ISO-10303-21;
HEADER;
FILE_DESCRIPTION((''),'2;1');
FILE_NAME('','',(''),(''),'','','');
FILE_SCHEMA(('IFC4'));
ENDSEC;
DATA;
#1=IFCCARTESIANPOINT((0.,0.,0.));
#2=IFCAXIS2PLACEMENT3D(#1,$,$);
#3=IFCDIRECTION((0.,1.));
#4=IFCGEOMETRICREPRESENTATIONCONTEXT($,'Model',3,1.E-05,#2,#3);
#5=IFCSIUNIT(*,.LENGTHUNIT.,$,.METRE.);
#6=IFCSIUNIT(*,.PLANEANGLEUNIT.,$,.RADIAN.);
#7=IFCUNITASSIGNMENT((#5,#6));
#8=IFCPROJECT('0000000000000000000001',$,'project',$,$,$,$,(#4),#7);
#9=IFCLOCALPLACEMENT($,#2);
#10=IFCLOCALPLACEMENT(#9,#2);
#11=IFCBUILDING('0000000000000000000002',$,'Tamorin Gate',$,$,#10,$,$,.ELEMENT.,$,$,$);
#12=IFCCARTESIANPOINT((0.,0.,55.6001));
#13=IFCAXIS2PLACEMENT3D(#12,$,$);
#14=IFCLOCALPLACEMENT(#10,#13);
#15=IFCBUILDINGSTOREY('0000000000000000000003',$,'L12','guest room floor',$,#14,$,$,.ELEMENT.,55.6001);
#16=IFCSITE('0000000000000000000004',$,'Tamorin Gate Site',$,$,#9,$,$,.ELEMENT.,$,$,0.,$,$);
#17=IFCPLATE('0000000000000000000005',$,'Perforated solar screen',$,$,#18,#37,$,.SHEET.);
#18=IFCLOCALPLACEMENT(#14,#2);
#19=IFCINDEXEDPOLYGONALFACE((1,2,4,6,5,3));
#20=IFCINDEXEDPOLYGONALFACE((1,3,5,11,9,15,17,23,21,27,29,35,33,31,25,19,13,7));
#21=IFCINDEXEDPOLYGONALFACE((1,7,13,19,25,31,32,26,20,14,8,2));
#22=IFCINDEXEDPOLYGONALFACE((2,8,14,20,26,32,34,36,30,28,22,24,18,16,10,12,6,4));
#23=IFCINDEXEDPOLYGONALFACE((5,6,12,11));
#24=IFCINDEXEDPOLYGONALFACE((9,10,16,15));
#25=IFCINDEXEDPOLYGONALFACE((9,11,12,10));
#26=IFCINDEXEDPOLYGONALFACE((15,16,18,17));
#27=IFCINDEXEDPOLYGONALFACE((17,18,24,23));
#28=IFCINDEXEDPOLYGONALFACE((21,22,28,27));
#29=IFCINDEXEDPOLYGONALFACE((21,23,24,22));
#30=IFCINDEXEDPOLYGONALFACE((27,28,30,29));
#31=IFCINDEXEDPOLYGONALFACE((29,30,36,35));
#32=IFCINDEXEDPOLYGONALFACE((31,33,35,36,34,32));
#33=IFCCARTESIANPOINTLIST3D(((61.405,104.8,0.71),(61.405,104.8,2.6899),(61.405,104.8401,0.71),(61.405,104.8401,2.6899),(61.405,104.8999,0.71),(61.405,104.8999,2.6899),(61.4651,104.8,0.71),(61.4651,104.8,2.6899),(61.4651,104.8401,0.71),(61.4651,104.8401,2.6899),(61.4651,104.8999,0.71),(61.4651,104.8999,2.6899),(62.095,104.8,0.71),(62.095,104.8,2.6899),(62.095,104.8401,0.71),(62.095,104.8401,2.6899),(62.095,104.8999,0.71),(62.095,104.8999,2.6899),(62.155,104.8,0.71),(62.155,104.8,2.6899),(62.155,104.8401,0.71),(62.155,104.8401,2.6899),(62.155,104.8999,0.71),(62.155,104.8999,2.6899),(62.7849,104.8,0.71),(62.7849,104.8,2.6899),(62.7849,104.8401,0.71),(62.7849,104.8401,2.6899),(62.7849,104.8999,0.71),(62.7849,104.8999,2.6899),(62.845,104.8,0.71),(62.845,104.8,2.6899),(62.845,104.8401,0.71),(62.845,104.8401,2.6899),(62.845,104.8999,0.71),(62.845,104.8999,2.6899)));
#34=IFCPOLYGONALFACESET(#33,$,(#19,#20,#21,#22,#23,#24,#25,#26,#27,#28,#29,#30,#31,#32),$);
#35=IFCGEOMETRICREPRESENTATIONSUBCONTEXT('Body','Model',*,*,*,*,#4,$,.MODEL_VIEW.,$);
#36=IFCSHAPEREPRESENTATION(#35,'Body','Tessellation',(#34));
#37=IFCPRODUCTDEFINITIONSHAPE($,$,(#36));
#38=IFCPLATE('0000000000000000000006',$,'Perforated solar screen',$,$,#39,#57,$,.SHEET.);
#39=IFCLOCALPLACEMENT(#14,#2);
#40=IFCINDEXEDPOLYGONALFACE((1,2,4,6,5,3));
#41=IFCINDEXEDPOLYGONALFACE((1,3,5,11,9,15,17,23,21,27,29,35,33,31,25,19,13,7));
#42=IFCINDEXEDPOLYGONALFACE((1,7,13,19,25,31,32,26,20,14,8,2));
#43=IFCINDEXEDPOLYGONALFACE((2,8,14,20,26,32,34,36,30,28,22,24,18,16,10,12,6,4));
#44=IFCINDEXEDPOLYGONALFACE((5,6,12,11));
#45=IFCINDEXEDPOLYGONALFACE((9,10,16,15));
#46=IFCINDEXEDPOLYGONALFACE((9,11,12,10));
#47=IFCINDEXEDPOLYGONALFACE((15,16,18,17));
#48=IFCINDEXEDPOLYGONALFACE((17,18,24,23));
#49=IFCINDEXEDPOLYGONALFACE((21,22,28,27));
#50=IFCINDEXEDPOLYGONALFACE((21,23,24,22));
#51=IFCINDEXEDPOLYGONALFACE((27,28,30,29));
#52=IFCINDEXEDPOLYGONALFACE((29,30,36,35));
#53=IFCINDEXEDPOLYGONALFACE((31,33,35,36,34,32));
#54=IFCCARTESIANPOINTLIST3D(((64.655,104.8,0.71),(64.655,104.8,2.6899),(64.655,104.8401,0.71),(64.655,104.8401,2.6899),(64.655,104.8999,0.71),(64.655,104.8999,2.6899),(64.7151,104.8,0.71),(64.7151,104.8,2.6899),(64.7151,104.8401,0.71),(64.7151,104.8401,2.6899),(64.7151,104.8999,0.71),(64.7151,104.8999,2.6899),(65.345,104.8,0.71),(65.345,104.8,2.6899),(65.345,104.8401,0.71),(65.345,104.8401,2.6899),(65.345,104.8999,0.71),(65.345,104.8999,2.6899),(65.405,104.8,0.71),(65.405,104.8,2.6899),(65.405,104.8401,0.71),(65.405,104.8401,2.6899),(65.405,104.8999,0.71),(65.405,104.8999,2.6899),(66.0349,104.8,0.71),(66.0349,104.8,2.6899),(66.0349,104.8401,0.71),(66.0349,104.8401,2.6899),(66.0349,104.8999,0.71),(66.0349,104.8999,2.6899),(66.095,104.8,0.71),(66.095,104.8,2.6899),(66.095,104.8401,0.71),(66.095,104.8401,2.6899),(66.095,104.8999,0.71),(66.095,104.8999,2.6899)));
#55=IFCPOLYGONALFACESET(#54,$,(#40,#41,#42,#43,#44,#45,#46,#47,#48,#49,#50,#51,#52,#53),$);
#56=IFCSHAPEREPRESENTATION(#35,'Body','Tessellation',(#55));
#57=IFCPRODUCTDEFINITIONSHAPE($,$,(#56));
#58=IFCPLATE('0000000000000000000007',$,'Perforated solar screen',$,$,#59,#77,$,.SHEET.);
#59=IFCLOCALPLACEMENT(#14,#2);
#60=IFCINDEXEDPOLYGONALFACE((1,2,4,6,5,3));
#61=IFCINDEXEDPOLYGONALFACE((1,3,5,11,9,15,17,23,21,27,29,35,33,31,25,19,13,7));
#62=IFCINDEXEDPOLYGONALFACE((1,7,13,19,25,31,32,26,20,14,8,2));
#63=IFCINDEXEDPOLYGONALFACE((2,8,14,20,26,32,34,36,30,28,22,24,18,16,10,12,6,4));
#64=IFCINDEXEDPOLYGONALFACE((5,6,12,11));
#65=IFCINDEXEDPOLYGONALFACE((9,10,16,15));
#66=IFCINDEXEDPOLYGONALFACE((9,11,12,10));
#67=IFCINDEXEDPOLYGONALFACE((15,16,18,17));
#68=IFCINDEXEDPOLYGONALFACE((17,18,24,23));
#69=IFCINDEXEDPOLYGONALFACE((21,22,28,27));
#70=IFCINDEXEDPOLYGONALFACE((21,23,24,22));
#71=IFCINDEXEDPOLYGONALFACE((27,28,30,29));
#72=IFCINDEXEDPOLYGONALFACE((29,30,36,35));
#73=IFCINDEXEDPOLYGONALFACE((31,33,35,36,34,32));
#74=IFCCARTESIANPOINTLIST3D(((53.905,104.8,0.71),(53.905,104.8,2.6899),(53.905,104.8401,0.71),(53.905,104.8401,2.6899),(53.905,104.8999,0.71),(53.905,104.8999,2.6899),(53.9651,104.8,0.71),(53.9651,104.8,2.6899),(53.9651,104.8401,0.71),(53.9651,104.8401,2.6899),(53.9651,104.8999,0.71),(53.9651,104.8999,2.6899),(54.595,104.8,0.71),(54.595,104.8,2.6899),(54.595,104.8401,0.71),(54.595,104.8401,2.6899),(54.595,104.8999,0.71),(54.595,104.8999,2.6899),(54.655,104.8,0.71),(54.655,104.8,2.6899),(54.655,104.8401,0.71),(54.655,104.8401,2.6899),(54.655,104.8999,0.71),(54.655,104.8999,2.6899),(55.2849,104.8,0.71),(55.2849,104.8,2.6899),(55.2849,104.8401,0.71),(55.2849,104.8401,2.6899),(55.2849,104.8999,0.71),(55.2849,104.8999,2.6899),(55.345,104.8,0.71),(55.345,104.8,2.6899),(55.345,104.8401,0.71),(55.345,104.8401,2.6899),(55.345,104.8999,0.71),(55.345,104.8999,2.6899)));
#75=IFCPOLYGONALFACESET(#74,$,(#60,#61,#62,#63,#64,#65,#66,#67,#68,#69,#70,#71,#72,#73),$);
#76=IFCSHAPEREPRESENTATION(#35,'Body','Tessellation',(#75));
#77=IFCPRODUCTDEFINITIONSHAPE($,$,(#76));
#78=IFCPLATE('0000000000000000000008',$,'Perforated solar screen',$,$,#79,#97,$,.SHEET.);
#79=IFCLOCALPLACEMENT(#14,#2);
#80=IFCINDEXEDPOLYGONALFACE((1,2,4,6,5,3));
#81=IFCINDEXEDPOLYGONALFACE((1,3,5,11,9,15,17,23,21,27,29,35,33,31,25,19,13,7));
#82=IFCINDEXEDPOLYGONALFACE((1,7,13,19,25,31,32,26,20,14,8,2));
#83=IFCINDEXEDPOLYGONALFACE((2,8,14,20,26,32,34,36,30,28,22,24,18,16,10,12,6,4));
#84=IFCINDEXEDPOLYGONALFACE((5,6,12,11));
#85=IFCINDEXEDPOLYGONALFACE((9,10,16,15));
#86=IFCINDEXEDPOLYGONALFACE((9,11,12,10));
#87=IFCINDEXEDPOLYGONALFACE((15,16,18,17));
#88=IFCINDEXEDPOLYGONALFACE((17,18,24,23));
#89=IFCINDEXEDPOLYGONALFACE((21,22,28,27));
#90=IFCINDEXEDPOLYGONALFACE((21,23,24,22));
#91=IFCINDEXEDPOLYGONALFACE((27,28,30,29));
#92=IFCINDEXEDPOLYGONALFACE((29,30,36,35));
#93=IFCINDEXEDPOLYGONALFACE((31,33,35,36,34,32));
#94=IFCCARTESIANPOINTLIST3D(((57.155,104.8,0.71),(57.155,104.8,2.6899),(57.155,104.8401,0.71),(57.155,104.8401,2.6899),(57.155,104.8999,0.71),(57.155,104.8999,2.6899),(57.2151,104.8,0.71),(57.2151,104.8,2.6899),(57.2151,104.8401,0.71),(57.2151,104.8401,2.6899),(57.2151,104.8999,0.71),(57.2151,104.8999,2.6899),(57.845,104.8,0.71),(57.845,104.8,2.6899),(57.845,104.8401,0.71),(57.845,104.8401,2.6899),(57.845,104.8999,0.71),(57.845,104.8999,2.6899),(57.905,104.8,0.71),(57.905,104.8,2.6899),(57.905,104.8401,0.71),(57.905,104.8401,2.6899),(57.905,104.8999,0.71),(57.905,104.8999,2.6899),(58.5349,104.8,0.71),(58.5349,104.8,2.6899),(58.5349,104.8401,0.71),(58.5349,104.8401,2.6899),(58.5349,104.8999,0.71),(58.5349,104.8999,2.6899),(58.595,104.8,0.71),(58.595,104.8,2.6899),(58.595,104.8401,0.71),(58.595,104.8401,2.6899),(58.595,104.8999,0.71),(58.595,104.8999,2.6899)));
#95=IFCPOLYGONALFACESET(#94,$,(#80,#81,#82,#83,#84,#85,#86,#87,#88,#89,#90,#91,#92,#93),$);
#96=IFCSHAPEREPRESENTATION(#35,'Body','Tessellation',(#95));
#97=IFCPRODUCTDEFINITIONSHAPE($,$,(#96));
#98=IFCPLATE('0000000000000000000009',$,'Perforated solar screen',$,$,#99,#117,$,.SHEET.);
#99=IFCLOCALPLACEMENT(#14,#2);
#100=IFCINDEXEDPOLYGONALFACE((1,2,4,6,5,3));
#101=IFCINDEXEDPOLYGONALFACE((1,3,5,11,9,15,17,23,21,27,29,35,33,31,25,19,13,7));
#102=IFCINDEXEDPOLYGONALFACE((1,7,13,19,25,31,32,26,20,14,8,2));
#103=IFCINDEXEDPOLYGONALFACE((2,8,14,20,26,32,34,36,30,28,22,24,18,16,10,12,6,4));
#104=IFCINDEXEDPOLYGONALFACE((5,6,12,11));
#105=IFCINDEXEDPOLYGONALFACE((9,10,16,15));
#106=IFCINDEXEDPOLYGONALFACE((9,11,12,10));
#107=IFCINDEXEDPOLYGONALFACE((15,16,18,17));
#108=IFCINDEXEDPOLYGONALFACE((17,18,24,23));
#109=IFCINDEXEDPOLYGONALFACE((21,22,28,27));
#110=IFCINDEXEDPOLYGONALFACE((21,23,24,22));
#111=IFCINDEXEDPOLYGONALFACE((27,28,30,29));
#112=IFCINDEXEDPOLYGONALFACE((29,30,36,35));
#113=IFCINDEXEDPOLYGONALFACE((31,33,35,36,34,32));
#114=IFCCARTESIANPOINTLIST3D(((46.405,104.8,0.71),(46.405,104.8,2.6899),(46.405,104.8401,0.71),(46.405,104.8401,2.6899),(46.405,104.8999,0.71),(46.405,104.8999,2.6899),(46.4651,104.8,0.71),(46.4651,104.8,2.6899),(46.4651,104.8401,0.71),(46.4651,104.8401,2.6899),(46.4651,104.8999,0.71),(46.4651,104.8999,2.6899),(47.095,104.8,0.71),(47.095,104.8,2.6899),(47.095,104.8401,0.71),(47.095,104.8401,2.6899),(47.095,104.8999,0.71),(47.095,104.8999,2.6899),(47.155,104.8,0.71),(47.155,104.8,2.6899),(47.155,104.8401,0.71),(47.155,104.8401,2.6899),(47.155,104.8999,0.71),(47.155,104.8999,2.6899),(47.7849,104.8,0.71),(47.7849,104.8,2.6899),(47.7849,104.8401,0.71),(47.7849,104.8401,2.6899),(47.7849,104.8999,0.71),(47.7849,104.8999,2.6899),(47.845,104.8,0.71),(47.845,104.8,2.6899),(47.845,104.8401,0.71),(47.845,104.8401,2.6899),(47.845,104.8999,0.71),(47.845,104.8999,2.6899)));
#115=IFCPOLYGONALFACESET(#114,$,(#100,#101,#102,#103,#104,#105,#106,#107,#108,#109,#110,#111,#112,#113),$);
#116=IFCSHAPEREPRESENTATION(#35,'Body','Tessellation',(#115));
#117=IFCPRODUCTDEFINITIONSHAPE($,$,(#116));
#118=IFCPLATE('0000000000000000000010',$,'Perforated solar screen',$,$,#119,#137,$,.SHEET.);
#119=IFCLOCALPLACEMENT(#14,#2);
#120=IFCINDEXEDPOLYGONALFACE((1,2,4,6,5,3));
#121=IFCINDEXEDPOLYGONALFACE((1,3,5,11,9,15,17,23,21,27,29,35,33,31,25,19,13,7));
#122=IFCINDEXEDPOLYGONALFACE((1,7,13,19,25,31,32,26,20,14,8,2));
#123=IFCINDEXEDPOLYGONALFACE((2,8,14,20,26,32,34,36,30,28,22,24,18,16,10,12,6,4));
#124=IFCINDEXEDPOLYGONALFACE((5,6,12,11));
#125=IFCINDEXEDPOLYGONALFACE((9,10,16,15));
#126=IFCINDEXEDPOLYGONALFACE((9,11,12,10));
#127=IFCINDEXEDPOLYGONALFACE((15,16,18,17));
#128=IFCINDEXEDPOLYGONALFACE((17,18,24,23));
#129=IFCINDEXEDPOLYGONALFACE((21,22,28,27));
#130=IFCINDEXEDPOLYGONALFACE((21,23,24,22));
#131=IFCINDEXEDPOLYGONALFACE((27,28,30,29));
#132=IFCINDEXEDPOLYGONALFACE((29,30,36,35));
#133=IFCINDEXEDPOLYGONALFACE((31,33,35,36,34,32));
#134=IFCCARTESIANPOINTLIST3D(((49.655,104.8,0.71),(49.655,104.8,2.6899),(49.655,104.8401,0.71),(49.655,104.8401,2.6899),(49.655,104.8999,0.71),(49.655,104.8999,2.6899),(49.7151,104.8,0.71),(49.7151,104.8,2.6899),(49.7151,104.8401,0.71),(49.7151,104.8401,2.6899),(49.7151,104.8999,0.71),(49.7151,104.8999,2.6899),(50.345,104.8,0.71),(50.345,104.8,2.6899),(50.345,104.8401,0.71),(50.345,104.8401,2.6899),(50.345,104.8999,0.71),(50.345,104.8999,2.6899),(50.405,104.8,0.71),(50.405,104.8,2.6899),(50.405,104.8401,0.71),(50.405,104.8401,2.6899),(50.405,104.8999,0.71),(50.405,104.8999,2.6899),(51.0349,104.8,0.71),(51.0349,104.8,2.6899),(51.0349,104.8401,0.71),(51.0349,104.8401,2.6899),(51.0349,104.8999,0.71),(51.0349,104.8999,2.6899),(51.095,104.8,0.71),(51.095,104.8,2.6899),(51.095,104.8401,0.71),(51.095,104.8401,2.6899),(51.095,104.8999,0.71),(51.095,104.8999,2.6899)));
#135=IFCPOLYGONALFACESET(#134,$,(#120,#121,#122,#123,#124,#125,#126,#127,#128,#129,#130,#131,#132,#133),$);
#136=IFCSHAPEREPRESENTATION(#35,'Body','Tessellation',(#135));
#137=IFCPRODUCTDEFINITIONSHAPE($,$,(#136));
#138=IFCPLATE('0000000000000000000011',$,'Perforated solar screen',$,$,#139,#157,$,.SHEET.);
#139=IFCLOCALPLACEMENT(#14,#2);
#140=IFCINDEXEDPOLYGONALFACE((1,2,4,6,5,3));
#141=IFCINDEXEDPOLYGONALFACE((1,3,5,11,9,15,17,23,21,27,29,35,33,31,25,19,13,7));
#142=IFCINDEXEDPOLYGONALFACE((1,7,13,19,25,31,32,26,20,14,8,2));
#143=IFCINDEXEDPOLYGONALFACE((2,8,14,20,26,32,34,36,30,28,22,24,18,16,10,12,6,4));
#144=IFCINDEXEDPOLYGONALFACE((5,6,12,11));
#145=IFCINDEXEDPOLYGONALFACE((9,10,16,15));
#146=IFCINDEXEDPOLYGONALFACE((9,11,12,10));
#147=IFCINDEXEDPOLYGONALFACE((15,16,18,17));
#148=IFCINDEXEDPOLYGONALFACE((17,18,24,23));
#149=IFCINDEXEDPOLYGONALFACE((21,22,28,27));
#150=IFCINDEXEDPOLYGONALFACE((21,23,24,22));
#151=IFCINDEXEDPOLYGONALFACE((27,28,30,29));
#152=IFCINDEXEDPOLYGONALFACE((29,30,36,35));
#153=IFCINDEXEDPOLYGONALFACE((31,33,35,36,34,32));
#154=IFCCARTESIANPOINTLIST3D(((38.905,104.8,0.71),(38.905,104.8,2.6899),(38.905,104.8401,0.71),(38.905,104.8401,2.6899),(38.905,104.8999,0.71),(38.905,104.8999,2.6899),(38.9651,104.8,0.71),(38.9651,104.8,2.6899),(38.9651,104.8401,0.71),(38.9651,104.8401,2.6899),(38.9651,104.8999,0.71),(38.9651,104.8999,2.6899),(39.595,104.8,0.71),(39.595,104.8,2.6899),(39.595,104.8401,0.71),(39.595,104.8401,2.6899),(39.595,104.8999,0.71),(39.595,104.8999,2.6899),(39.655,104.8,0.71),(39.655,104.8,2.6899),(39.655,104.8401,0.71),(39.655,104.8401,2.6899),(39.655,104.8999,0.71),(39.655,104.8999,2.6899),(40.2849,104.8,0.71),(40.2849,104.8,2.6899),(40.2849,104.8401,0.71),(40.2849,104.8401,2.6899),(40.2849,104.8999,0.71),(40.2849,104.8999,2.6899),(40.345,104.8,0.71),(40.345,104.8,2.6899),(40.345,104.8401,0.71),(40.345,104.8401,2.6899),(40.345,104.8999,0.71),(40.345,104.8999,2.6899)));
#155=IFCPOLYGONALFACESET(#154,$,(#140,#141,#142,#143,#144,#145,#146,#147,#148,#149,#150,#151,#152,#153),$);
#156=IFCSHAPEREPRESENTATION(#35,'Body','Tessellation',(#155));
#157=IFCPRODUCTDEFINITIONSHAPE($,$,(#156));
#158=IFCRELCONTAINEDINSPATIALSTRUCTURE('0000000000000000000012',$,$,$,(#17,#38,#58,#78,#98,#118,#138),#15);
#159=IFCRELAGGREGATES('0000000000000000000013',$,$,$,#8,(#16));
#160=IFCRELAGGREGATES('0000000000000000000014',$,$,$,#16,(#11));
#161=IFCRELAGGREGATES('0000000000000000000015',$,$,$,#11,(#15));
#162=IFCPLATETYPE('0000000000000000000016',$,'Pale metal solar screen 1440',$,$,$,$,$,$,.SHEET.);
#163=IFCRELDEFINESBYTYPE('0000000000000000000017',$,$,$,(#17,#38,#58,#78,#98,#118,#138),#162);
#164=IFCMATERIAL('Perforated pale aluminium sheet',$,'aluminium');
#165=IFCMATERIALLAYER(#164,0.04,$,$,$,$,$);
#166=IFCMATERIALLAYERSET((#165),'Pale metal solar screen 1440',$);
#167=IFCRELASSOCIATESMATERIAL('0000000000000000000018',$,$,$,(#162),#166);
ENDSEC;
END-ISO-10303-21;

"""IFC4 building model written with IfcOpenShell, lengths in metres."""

from ifc_helpers import new_model, si_unit, direction, frame, origin, place, context, subcontext, project, spatial, polyline, outline, extrude, material, layer, layer_set, type_object, element, save


model = new_model("IFC4")

# Units and contexts
model_context = context("Model", 3, precision=1e-05, world=origin(), true_north=direction((0.0, 1.0)))
body_context = subcontext(model_context, "Body", "Model", "MODEL_VIEW")
ifc_project = project(units=[si_unit("LENGTHUNIT", "METRE"), si_unit("PLANEANGLEUNIT", "RADIAN")], contexts=[model_context])

# Site, building, storey
site_placement = place(None, origin())
site = spatial("IfcSite", under=ifc_project, at=site_placement, Name="Tamorin Gate Site", CompositionType="ELEMENT", RefElevation=0.0)
building_placement = place(site_placement, origin())
building = spatial("IfcBuilding", under=site, at=building_placement, Name="Tamorin Gate", CompositionType="ELEMENT")
storey_placement = place(building_placement, frame((0.0, 0.0, 55.6001)))
storey = spatial("IfcBuildingStorey", under=building, at=storey_placement, Name="L12", Description="guest room floor", CompositionType="ELEMENT", Elevation=55.6001)

# Plates
ifc_material = material(Name="Perforated pale aluminium sheet", Category="aluminium")
ifc_layer = layer(ifc_material, 0.04)
ifc_layer_set = layer_set([ifc_layer], Name="Pale metal solar screen 1440")
plate_type = type_object("IfcPlateType", Name="Pale metal solar screen 1440", PredefinedType="SHEET", material=ifc_layer_set)
plate_1_placement = place(storey_placement, frame((0.0, 0.0, 0.71)))
element("IfcPlate", 1, at=plate_1_placement, inside=storey, type_object=plate_type, Name="Perforated solar screen", PredefinedType="SHEET", context=body_context, shape_type="SweptSolid", body=[
    extrude(outline(polyline([(62.845, 104.8401), (62.845, 104.8), (62.7849, 104.8), (62.155, 104.8), (62.095, 104.8), (61.4651, 104.8), (61.405, 104.8), (61.405, 104.8401), (61.405, 104.8999), (61.4651, 104.8999), (61.4651, 104.8401), (62.095, 104.8401), (62.095, 104.8999), (62.155, 104.8999), (62.155, 104.8401), (62.7849, 104.8401), (62.7849, 104.8999), (62.845, 104.8999), (62.845, 104.8401)])), origin(), (0.0, 0.0, 1.0), 1.98),
])
plate_2_placement = place(storey_placement, frame((0.0, 0.0, 0.71)))
element("IfcPlate", 2, at=plate_2_placement, inside=storey, type_object=plate_type, Name="Perforated solar screen", PredefinedType="SHEET", context=body_context, shape_type="SweptSolid", body=[
    extrude(outline(polyline([(66.095, 104.8401), (66.095, 104.8), (66.0349, 104.8), (65.405, 104.8), (65.345, 104.8), (64.7151, 104.8), (64.655, 104.8), (64.655, 104.8401), (64.655, 104.8999), (64.7151, 104.8999), (64.7151, 104.8401), (65.345, 104.8401), (65.345, 104.8999), (65.405, 104.8999), (65.405, 104.8401), (66.0349, 104.8401), (66.0349, 104.8999), (66.095, 104.8999), (66.095, 104.8401)])), origin(), (0.0, 0.0, 1.0), 1.98),
])
plate_3_placement = place(storey_placement, frame((0.0, 0.0, 0.71)))
element("IfcPlate", 3, at=plate_3_placement, inside=storey, type_object=plate_type, Name="Perforated solar screen", PredefinedType="SHEET", context=body_context, shape_type="SweptSolid", body=[
    extrude(outline(polyline([(55.345, 104.8401), (55.345, 104.8), (55.2849, 104.8), (54.655, 104.8), (54.595, 104.8), (53.9651, 104.8), (53.905, 104.8), (53.905, 104.8401), (53.905, 104.8999), (53.9651, 104.8999), (53.9651, 104.8401), (54.595, 104.8401), (54.595, 104.8999), (54.655, 104.8999), (54.655, 104.8401), (55.2849, 104.8401), (55.2849, 104.8999), (55.345, 104.8999), (55.345, 104.8401)])), origin(), (0.0, 0.0, 1.0), 1.98),
])
plate_4_placement = place(storey_placement, frame((0.0, 0.0, 0.71)))
element("IfcPlate", 4, at=plate_4_placement, inside=storey, type_object=plate_type, Name="Perforated solar screen", PredefinedType="SHEET", context=body_context, shape_type="SweptSolid", body=[
    extrude(outline(polyline([(58.595, 104.8401), (58.595, 104.8), (58.5349, 104.8), (57.905, 104.8), (57.845, 104.8), (57.2151, 104.8), (57.155, 104.8), (57.155, 104.8401), (57.155, 104.8999), (57.2151, 104.8999), (57.2151, 104.8401), (57.845, 104.8401), (57.845, 104.8999), (57.905, 104.8999), (57.905, 104.8401), (58.5349, 104.8401), (58.5349, 104.8999), (58.595, 104.8999), (58.595, 104.8401)])), origin(), (0.0, 0.0, 1.0), 1.98),
])
plate_5_placement = place(storey_placement, frame((0.0, 0.0, 0.71)))
element("IfcPlate", 5, at=plate_5_placement, inside=storey, type_object=plate_type, Name="Perforated solar screen", PredefinedType="SHEET", context=body_context, shape_type="SweptSolid", body=[
    extrude(outline(polyline([(47.845, 104.8401), (47.845, 104.8), (47.7849, 104.8), (47.155, 104.8), (47.095, 104.8), (46.4651, 104.8), (46.405, 104.8), (46.405, 104.8401), (46.405, 104.8999), (46.4651, 104.8999), (46.4651, 104.8401), (47.095, 104.8401), (47.095, 104.8999), (47.155, 104.8999), (47.155, 104.8401), (47.7849, 104.8401), (47.7849, 104.8999), (47.845, 104.8999), (47.845, 104.8401)])), origin(), (0.0, 0.0, 1.0), 1.98),
])
plate_6_placement = place(storey_placement, frame((0.0, 0.0, 0.71)))
element("IfcPlate", 6, at=plate_6_placement, inside=storey, type_object=plate_type, Name="Perforated solar screen", PredefinedType="SHEET", context=body_context, shape_type="SweptSolid", body=[
    extrude(outline(polyline([(51.095, 104.8401), (51.095, 104.8), (51.0349, 104.8), (50.405, 104.8), (50.345, 104.8), (49.7151, 104.8), (49.655, 104.8), (49.655, 104.8401), (49.655, 104.8999), (49.7151, 104.8999), (49.7151, 104.8401), (50.345, 104.8401), (50.345, 104.8999), (50.405, 104.8999), (50.405, 104.8401), (51.0349, 104.8401), (51.0349, 104.8999), (51.095, 104.8999), (51.095, 104.8401)])), origin(), (0.0, 0.0, 1.0), 1.98),
])
plate_7_placement = place(storey_placement, frame((0.0, 0.0, 0.71)))
element("IfcPlate", 7, at=plate_7_placement, inside=storey, type_object=plate_type, Name="Perforated solar screen", PredefinedType="SHEET", context=body_context, shape_type="SweptSolid", body=[
    extrude(outline(polyline([(40.345, 104.8401), (40.345, 104.8), (40.2849, 104.8), (39.655, 104.8), (39.595, 104.8), (38.9651, 104.8), (38.905, 104.8), (38.905, 104.8401), (38.905, 104.8999), (38.9651, 104.8999), (38.9651, 104.8401), (39.595, 104.8401), (39.595, 104.8999), (39.655, 104.8999), (39.655, 104.8401), (40.2849, 104.8401), (40.2849, 104.8999), (40.345, 104.8999), (40.345, 104.8401)])), origin(), (0.0, 0.0, 1.0), 1.98),
])

save(model, "model.ifc")
